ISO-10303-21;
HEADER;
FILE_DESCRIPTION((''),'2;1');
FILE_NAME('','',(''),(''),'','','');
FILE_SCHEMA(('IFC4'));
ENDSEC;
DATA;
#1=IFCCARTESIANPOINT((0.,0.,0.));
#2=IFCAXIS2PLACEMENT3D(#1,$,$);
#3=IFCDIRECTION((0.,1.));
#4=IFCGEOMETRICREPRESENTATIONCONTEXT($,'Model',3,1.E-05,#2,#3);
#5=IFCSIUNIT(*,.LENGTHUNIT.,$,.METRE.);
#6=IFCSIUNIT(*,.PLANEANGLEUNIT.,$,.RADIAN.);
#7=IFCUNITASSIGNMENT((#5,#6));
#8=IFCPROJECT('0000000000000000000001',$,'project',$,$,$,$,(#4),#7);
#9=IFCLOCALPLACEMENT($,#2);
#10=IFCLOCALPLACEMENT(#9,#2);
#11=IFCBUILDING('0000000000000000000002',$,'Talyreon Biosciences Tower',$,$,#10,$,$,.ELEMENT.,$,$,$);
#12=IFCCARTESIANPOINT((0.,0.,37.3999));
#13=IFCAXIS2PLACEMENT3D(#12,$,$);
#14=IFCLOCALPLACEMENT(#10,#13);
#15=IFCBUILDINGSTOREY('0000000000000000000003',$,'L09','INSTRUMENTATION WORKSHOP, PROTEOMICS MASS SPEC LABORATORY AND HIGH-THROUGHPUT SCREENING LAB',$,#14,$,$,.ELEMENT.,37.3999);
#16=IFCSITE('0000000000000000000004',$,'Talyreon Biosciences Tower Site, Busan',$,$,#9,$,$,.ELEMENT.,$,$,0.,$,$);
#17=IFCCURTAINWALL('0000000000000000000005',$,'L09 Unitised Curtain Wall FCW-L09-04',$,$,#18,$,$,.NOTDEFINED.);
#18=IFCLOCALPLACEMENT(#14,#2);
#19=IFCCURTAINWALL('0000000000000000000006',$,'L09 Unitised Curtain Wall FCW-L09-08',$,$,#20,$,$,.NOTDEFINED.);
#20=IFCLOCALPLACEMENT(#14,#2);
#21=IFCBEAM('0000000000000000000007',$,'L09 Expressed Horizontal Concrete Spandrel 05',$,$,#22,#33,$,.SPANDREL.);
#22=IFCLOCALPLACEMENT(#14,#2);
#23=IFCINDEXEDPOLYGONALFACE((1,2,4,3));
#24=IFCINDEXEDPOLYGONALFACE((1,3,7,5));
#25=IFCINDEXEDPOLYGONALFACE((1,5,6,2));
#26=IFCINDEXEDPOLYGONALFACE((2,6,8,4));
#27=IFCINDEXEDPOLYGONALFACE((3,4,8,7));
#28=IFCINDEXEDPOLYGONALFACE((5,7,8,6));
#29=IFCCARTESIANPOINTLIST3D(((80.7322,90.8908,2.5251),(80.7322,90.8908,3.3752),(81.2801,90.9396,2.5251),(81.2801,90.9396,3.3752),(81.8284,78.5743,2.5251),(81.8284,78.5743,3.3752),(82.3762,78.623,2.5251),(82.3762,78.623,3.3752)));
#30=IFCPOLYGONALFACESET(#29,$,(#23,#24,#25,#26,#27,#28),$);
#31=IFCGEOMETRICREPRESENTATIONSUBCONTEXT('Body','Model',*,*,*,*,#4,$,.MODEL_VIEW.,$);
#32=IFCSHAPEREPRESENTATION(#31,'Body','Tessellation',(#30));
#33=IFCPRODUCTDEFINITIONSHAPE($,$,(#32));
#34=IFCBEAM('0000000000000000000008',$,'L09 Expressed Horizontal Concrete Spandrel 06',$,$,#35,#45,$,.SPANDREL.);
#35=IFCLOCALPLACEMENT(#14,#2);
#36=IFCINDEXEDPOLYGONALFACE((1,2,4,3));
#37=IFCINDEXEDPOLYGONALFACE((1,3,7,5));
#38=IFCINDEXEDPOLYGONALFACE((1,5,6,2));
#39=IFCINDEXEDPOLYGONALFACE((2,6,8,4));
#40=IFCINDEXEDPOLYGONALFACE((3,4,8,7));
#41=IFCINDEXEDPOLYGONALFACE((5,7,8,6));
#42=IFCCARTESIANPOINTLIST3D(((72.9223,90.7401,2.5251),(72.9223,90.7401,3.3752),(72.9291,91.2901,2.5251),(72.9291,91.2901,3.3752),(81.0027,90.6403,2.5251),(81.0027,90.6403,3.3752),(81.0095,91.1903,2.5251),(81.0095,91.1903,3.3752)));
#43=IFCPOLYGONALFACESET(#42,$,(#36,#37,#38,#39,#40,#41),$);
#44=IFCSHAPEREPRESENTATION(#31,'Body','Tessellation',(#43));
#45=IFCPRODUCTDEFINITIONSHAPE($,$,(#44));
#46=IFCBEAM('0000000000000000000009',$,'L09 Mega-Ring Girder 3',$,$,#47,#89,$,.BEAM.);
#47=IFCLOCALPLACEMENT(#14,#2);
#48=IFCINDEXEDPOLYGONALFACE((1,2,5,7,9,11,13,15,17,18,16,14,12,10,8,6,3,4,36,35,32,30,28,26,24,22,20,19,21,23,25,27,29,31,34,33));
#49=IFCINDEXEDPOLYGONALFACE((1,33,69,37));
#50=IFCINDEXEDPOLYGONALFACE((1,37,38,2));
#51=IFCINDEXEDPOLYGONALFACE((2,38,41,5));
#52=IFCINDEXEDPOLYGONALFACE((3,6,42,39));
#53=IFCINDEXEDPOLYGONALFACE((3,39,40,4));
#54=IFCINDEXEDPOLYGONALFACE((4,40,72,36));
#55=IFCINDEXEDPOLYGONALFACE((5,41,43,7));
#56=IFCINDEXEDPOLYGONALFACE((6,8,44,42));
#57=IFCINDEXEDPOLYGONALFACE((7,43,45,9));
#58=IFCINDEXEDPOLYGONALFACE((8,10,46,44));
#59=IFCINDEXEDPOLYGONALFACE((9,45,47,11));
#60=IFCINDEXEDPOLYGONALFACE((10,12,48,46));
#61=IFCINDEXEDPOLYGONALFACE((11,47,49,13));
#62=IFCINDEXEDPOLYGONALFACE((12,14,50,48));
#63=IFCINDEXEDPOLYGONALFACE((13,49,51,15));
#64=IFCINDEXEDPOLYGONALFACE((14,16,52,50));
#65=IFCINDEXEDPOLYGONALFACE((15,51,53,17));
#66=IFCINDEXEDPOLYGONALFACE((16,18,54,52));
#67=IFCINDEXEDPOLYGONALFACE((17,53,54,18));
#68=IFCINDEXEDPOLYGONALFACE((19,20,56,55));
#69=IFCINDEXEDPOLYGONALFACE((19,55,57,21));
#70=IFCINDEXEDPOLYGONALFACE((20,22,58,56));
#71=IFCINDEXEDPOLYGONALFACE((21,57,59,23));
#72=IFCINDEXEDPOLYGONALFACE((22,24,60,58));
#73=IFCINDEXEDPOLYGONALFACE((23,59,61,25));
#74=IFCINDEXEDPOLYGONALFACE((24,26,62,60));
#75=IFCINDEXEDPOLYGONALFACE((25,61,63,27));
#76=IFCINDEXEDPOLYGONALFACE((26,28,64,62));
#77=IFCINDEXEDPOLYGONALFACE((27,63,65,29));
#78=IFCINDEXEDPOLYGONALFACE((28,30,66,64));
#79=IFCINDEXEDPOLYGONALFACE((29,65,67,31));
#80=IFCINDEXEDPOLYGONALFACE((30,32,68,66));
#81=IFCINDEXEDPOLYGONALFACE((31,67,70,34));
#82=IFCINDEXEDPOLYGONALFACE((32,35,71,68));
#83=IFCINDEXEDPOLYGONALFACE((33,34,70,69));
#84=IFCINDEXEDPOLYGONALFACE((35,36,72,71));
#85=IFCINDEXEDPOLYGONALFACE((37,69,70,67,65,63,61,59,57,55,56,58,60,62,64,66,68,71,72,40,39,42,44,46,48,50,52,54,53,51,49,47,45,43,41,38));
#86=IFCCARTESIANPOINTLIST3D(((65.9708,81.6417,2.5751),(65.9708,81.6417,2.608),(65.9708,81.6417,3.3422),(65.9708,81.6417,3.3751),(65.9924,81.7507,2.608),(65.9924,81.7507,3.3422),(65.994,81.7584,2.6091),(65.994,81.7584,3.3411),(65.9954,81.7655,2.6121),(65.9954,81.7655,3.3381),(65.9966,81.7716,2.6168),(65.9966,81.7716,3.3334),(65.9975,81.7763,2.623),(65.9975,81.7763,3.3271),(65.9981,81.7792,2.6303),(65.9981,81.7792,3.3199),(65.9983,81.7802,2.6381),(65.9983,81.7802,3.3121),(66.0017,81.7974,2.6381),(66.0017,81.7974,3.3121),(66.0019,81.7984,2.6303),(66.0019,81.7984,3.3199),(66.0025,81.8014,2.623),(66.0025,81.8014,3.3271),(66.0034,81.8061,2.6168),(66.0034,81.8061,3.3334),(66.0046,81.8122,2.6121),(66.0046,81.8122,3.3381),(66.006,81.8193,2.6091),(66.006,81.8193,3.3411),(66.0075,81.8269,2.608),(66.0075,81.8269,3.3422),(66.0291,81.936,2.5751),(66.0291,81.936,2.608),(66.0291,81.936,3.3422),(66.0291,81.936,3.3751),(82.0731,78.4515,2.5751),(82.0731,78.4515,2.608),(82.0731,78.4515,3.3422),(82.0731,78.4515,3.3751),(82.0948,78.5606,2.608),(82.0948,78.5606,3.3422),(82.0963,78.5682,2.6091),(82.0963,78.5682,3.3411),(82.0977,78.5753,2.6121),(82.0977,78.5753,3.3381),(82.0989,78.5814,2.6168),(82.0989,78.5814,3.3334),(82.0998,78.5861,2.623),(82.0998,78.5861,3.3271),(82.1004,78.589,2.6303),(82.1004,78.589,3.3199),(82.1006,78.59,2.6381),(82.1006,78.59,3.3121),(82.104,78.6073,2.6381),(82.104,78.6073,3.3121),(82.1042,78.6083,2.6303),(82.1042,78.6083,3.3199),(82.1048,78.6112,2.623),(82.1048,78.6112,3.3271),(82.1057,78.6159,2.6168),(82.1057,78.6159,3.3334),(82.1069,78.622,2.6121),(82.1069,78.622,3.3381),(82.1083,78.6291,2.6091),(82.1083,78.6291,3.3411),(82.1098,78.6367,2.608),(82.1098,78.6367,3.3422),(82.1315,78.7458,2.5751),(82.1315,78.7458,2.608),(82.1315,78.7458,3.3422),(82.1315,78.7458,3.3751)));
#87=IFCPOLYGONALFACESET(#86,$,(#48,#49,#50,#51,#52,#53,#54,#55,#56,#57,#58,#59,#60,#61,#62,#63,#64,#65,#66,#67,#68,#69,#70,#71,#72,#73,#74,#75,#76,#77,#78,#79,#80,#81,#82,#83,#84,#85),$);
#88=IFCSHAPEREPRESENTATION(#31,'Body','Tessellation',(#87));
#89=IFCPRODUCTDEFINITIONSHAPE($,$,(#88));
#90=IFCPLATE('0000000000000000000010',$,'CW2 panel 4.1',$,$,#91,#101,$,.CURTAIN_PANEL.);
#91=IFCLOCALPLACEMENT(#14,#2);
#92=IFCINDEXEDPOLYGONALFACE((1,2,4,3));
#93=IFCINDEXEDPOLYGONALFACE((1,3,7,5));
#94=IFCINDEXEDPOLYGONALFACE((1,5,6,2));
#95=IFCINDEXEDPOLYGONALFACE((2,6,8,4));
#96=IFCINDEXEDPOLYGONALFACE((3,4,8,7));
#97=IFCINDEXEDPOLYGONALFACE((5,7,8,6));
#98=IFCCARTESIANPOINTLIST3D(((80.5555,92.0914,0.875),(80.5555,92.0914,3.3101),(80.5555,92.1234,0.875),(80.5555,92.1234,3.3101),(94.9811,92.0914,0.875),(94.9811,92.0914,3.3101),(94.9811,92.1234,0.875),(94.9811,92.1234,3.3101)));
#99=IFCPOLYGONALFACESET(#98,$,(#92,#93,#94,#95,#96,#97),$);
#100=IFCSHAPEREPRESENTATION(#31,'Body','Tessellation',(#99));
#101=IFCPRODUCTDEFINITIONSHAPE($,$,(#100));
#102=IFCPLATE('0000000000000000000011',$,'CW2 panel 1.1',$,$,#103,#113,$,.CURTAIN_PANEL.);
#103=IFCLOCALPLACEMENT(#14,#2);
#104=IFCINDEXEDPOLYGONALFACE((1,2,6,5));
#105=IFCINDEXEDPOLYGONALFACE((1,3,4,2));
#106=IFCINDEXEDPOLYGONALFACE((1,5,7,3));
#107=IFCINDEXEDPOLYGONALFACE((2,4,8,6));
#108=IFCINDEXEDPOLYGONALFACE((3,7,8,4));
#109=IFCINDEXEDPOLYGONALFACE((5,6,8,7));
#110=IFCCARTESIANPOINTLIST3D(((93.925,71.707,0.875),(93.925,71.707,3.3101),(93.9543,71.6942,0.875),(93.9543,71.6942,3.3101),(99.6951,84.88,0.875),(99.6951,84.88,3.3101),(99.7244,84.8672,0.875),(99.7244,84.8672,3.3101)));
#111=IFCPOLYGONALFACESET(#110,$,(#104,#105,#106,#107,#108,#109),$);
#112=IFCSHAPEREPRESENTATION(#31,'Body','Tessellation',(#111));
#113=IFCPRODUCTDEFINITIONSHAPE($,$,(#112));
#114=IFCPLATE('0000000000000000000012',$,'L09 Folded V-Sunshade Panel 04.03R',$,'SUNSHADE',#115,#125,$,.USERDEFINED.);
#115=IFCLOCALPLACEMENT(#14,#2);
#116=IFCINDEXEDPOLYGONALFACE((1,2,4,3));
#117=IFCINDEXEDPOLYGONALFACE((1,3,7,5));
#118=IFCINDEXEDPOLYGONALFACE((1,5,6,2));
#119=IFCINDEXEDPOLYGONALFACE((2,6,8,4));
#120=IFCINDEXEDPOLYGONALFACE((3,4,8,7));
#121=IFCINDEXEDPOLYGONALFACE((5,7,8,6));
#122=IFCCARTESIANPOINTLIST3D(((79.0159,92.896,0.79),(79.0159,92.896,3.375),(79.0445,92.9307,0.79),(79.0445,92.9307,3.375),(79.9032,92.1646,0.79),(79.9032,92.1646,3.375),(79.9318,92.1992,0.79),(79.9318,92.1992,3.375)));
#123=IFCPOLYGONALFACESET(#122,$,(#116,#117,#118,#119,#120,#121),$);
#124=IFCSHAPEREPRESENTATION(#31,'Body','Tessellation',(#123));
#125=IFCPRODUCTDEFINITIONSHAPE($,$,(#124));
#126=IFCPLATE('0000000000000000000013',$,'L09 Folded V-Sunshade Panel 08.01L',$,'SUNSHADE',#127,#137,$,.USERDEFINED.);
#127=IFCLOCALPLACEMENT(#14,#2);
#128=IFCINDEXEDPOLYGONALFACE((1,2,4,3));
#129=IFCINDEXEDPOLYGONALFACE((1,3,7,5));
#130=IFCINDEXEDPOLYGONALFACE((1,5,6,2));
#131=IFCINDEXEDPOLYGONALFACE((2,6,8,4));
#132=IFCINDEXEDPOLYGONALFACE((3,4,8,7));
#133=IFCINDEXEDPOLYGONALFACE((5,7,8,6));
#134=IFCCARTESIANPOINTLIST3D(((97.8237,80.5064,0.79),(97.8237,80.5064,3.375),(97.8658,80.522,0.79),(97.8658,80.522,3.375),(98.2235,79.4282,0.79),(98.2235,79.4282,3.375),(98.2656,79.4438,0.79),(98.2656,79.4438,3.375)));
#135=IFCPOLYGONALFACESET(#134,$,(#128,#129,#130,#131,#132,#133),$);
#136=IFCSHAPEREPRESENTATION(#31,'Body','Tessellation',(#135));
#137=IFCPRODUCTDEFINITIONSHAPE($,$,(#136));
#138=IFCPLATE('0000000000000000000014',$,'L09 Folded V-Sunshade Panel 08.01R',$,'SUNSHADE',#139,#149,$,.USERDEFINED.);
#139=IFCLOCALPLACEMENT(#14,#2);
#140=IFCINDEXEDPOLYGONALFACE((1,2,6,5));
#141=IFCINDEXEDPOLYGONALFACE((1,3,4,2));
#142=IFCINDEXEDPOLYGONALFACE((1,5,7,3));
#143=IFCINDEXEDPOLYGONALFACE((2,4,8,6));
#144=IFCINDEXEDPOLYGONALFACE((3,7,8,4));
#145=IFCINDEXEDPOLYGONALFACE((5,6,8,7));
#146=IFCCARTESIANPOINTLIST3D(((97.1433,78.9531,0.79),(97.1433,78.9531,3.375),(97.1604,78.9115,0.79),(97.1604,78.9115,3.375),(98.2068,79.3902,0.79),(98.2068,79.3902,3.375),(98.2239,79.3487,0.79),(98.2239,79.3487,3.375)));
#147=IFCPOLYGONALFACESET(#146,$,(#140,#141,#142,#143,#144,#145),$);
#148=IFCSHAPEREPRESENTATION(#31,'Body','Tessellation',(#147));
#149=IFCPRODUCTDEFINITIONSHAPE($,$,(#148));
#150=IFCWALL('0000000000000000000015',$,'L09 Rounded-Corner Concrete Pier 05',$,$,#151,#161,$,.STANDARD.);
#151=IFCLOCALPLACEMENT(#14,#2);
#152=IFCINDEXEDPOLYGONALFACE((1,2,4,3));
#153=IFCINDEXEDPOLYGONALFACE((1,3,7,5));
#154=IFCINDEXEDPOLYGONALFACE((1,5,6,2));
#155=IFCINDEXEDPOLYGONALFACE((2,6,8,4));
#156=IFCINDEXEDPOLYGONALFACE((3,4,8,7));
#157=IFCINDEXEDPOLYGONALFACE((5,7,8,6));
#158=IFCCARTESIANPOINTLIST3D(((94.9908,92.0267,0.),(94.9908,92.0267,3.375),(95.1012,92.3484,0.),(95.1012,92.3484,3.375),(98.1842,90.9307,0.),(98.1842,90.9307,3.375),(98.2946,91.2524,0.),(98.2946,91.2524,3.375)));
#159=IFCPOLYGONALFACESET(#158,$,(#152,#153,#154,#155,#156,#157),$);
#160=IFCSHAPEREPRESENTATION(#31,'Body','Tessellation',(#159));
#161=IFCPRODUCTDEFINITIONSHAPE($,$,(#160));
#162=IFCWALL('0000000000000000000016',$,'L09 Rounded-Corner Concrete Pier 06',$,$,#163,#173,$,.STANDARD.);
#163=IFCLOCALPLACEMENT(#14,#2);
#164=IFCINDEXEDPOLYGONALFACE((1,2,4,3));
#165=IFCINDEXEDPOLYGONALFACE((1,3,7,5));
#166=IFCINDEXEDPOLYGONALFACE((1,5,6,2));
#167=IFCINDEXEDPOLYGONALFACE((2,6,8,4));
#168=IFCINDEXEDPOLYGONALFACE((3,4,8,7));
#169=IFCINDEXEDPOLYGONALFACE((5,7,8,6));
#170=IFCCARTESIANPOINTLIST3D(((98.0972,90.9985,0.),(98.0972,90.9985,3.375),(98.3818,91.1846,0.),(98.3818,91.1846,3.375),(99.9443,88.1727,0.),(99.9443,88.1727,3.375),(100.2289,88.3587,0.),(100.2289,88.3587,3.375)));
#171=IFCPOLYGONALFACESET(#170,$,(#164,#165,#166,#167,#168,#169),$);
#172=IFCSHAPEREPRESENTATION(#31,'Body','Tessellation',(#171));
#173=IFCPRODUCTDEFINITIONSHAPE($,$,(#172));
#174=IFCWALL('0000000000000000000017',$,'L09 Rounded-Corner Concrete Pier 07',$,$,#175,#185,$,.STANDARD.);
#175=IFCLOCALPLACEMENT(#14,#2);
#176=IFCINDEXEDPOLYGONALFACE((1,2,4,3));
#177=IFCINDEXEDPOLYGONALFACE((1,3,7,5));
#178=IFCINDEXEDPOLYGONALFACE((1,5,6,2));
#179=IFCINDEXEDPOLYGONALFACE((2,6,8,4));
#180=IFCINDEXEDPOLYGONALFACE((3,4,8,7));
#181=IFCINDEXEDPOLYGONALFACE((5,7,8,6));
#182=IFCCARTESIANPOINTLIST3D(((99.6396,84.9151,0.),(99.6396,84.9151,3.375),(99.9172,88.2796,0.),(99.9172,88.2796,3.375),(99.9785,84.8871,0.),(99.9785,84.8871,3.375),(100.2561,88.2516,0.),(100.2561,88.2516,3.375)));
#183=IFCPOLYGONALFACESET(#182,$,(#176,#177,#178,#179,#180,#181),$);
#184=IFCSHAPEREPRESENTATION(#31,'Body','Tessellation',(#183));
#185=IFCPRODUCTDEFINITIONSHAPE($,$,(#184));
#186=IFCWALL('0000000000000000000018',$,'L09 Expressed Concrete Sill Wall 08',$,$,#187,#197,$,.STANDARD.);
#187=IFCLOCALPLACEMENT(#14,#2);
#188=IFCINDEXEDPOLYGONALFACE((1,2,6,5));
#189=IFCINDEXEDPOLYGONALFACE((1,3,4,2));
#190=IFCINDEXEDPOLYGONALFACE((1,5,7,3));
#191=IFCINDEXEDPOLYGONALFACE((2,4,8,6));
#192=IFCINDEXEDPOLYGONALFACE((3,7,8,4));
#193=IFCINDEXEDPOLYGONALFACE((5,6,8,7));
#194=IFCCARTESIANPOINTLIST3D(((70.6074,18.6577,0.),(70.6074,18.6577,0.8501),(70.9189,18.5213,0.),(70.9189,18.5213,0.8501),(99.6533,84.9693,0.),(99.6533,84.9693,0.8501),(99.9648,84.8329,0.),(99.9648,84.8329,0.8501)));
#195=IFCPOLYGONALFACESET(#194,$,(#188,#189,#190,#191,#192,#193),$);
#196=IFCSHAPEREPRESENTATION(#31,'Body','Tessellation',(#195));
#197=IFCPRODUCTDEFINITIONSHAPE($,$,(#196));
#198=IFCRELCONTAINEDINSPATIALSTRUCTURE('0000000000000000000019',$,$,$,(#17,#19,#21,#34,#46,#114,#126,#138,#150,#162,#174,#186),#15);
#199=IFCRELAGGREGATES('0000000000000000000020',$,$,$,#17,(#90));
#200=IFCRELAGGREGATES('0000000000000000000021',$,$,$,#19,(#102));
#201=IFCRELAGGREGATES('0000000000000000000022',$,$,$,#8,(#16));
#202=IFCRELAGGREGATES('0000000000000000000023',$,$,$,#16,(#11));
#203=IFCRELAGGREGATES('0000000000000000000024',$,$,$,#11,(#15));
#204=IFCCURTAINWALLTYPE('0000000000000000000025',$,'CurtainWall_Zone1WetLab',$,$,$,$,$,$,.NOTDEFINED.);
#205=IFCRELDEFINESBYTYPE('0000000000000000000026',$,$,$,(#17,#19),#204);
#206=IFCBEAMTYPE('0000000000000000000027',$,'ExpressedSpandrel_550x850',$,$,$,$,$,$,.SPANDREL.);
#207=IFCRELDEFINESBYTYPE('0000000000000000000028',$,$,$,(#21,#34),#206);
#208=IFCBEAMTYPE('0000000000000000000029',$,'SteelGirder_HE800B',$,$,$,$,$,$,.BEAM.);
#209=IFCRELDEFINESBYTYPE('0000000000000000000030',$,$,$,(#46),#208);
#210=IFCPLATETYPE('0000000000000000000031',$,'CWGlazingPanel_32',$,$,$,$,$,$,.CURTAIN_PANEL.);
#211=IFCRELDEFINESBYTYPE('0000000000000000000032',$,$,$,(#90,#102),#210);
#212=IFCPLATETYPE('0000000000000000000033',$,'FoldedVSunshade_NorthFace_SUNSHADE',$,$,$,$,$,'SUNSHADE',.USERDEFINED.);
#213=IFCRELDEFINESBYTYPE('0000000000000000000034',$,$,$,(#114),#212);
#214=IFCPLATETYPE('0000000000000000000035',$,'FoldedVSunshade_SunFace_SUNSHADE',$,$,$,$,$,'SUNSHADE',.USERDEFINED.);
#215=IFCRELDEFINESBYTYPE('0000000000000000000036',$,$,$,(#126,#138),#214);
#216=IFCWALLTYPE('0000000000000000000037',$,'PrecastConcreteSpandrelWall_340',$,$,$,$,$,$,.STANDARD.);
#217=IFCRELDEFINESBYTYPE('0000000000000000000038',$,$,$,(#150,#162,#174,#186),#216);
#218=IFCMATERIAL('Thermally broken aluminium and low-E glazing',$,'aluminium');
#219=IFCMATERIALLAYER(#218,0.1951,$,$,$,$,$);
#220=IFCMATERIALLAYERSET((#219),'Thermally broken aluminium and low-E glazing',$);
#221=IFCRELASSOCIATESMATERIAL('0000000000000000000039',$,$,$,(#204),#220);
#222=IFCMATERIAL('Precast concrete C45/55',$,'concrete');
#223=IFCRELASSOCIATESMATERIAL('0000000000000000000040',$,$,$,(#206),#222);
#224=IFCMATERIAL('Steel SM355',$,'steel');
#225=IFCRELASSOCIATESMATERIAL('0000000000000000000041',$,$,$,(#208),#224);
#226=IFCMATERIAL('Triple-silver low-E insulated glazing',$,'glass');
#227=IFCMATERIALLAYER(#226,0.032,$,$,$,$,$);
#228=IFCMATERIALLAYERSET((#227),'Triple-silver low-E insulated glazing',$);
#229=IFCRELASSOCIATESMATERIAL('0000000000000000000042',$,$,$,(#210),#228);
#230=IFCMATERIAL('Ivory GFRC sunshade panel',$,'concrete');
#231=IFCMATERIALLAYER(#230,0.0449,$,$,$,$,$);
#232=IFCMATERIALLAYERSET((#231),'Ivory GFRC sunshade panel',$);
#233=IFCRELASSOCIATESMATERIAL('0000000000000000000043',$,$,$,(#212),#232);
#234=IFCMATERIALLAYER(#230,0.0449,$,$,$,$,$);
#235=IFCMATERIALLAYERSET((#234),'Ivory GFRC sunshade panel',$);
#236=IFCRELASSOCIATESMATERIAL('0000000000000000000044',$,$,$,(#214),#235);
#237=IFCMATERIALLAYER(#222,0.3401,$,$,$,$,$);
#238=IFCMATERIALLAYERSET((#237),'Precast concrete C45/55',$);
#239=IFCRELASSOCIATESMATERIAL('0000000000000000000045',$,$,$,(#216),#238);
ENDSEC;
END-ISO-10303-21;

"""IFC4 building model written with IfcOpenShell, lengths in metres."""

from ifc_helpers import new_model, si_unit, direction, frame, frame_2d, origin, origin_2d, place, context, subcontext, project, spatial, rectangle, i_section, extrude, material, layer, layer_set, material_profile, profile_set, type_object, element, aggregate, save


model = new_model("IFC4")

# Units and contexts
model_context = context("Model", 3, precision=1e-05, world=origin(), true_north=direction((0.0, 1.0)))
body_context = subcontext(model_context, "Body", "Model", "MODEL_VIEW")
ifc_project = project(units=[si_unit("LENGTHUNIT", "METRE"), si_unit("PLANEANGLEUNIT", "RADIAN")], contexts=[model_context])

# Site, building, storey
site_placement = place(None, origin())
site = spatial("IfcSite", under=ifc_project, at=site_placement, Name="Talyreon Biosciences Tower Site, Busan", CompositionType="ELEMENT", RefElevation=0.0)
building_placement = place(site_placement, origin())
building = spatial("IfcBuilding", under=site, at=building_placement, Name="Talyreon Biosciences Tower", CompositionType="ELEMENT")
storey_placement = place(building_placement, frame((0.0, 0.0, 37.3999)))
storey = spatial("IfcBuildingStorey", under=building, at=storey_placement, Name="L09", Description="INSTRUMENTATION WORKSHOP, PROTEOMICS MASS SPEC LABORATORY AND HIGH-THROUGHPUT SCREENING LAB", CompositionType="ELEMENT", Elevation=37.3999)

# Curtain walls
ifc_material_1 = material(Name="Thermally broken aluminium and low-E glazing", Category="aluminium")
ifc_layer_1 = layer(ifc_material_1, 0.1951)
ifc_layer_set_1 = layer_set([ifc_layer_1], Name="Thermally broken aluminium and low-E glazing")
curtain_wall_type = type_object("IfcCurtainWallType", Name="CurtainWall_Zone1WetLab", PredefinedType="NOTDEFINED", material=ifc_layer_set_1)
curtain_wall_1_placement = place(storey_placement, origin())
curtain_wall_1 = element("IfcCurtainWall", 1, at=curtain_wall_1_placement, inside=storey, type_object=curtain_wall_type, Name="L09 Unitised Curtain Wall FCW-L09-04", PredefinedType="NOTDEFINED")
curtain_wall_2_placement = place(storey_placement, origin())
curtain_wall_2 = element("IfcCurtainWall", 2, at=curtain_wall_2_placement, inside=storey, type_object=curtain_wall_type, Name="L09 Unitised Curtain Wall FCW-L09-08", PredefinedType="NOTDEFINED")

# Beams
ifc_material_2 = material(Name="Precast concrete C45/55", Category="concrete")
ifc_material_profile_1 = material_profile(ifc_material_2, rectangle(XDim=0.55, YDim=0.8501, at=origin_2d()), Name="RCB 550x850")
ifc_profile_set_1 = profile_set([ifc_material_profile_1], Name="Precast concrete C45/55")
beam_type_1 = type_object("IfcBeamType", Name="ExpressedSpandrel_550x850", PredefinedType="SPANDREL", material=ifc_profile_set_1)
beam_1_placement = place(storey_placement, frame((82.1023, 78.5986, 2.9502), z_axis=(-0.08865, 0.996063, 0.0), x_axis=(-0.996063, -0.08865, 0.0)))
element("IfcBeam", 3, at=beam_1_placement, inside=storey, type_object=beam_type_1, Name="L09 Expressed Horizontal Concrete Spandrel 05", PredefinedType="SPANDREL", context=body_context, shape_type="SweptSolid", body=[
    extrude(rectangle(XDim=0.55, YDim=0.8501, at=origin_2d()), origin(), (0.0, 0.0, 1.0), 12.3652),
])
beam_2_placement = place(storey_placement, frame((81.0061, 90.9153, 2.9502), z_axis=(-0.999924, 0.012357, 0.0), x_axis=(-0.012357, -0.999924, 0.0)))
element("IfcBeam", 4, at=beam_2_placement, inside=storey, type_object=beam_type_1, Name="L09 Expressed Horizontal Concrete Spandrel 06", PredefinedType="SPANDREL", context=body_context, shape_type="SweptSolid", body=[
    extrude(rectangle(XDim=0.55, YDim=0.8501, at=origin_2d()), origin(), (0.0, 0.0, 1.0), 8.0811),
])
ifc_material_3 = material(Name="Steel SM355", Category="steel")
ifc_material_profile_2 = material_profile(ifc_material_3, i_section(OverallWidth=0.3, OverallDepth=0.8, WebThickness=0.0176, FlangeThickness=0.033, FilletRadius=0.03, at=origin_2d()), Name="HE800B")
ifc_profile_set_2 = profile_set([ifc_material_profile_2], Name="Steel SM355")
beam_type_2 = type_object("IfcBeamType", Name="SteelGirder_HE800B", PredefinedType="BEAM", material=ifc_profile_set_2)
beam_3_placement = place(storey_placement, frame((82.1023, 78.5986, 2.9751), z_axis=(-0.980934, 0.194343, 0.0), x_axis=(-0.194343, -0.980934, 0.0)))
element("IfcBeam", 5, at=beam_3_placement, inside=storey, type_object=beam_type_2, Name="L09 Mega-Ring Girder 3", PredefinedType="BEAM", context=body_context, shape_type="SweptSolid", body=[
    extrude(i_section(OverallWidth=0.3, OverallDepth=0.8, WebThickness=0.0176, FlangeThickness=0.033, FilletRadius=0.03, at=origin_2d()), origin(), (0.0, 0.0, 1.0), 16.4153),
])

# Plates
ifc_material_4 = material(Name="Triple-silver low-E insulated glazing", Category="glass")
ifc_layer_2 = layer(ifc_material_4, 0.032)
ifc_layer_set_2 = layer_set([ifc_layer_2], Name="Triple-silver low-E insulated glazing")
plate_type_1 = type_object("IfcPlateType", Name="CWGlazingPanel_32", PredefinedType="CURTAIN_PANEL", material=ifc_layer_set_2)
plate_1_placement = place(storey_placement, frame((87.7683, 92.1074, 0.875), z_axis=(0.0, 0.0, 1.0), x_axis=(1.0, 0.0, 0.0)))
plate_1 = element("IfcPlate", 6, at=plate_1_placement, type_object=plate_type_1, Name="CW2 panel 4.1", PredefinedType="CURTAIN_PANEL", context=body_context, shape_type="SweptSolid", body=[
    extrude(rectangle(XDim=14.4255, YDim=0.032, at=origin_2d()), origin(), (0.0, 0.0, 1.0), 2.4351),
])
aggregate(curtain_wall_1, [plate_1])
plate_2_placement = place(storey_placement, frame((96.8247, 78.2871, 0.875), z_axis=(0.0, 0.0, 1.0), x_axis=(-0.401223, -0.91598, 0.0)))
plate_2 = element("IfcPlate", 7, at=plate_2_placement, type_object=plate_type_1, Name="CW2 panel 1.1", PredefinedType="CURTAIN_PANEL", context=body_context, shape_type="SweptSolid", body=[
    extrude(rectangle(XDim=14.3813, YDim=0.032, at=origin_2d()), origin(), (0.0, 0.0, 1.0), 2.4351),
])
aggregate(curtain_wall_2, [plate_2])

# Plates
ifc_material_5 = material(Name="Ivory GFRC sunshade panel", Category="concrete")
ifc_layer_3 = layer(ifc_material_5, 0.0449)
ifc_layer_set_3 = layer_set([ifc_layer_3], Name="Ivory GFRC sunshade panel")
plate_type_2 = type_object("IfcPlateType", Name="FoldedVSunshade_NorthFace_SUNSHADE", ElementType="SUNSHADE", PredefinedType="USERDEFINED", material=ifc_layer_set_3)
plate_3_placement = place(storey_placement, frame((79.4739, 92.5476, 0.79), z_axis=(0.0, 0.0, 1.0), x_axis=(0.771625, -0.636078, 0.0)))
element("IfcPlate", 8, at=plate_3_placement, inside=storey, type_object=plate_type_2, Name="L09 Folded V-Sunshade Panel 04.03R", ObjectType="SUNSHADE", PredefinedType="USERDEFINED", context=body_context, shape_type="SweptSolid", body=[
    extrude(rectangle(XDim=1.1499, YDim=0.0449, at=origin_2d()), origin(), (0.0, 0.0, 1.0), 2.585),
])
ifc_layer_4 = layer(ifc_material_5, 0.0449)
ifc_layer_set_4 = layer_set([ifc_layer_4], Name="Ivory GFRC sunshade panel")
plate_type_3 = type_object("IfcPlateType", Name="FoldedVSunshade_SunFace_SUNSHADE", ElementType="SUNSHADE", PredefinedType="USERDEFINED", material=ifc_layer_set_4)
for number, where, z_axis, x_axis, name in (
    (9, (98.0447, 79.9751, 0.79), (0.0, 0.0, 1.0), (0.347672, -0.937616, 0.0), "L09 Folded V-Sunshade Panel 08.01L"),
    (10, (97.6836, 79.1509, 0.79), (0.0, 0.0, 1.0), (-0.924911, -0.380183, 0.0), "L09 Folded V-Sunshade Panel 08.01R"),
):
    element("IfcPlate", number, at=place(storey_placement, frame(where, z_axis=z_axis, x_axis=x_axis)), inside=storey, type_object=plate_type_3, Name=name, ObjectType="SUNSHADE", PredefinedType="USERDEFINED", context=body_context, shape_type="SweptSolid", body=[
        extrude(rectangle(XDim=1.1499, YDim=0.0449, at=origin_2d()), origin(), (0.0, 0.0, 1.0), 2.585),
    ])

# Walls
ifc_layer_5 = layer(ifc_material_2, 0.3401)
ifc_layer_set_5 = layer_set([ifc_layer_5], Name="Precast concrete C45/55")
wall_type = type_object("IfcWallType", Name="PrecastConcreteSpandrelWall_340", PredefinedType="STANDARD", material=ifc_layer_set_5)
wall_1_placement = place(storey_placement, frame((95.0461, 92.1875, 0.0), z_axis=(0.0, 0.0, 1.0), x_axis=(0.945848, -0.324611, 0.0)))
element("IfcWall", 11, at=wall_1_placement, inside=storey, type_object=wall_type, Name="L09 Rounded-Corner Concrete Pier 05", PredefinedType="STANDARD", context=body_context, shape_type="SweptSolid", body=[
    extrude(rectangle(XDim=3.3762, YDim=0.3401, at=frame_2d((1.688, 0.0))), origin(), (0.0, 0.0, 1.0), 3.375),
])
for number, where, z_axis, x_axis, name in (
    (12, (98.2395, 91.0916, 0.0), (0.0, 0.0, 1.0), (0.547134, -0.837045, 0.0), "L09 Rounded-Corner Concrete Pier 06"),
    (13, (100.0867, 88.2656, 0.0), (0.0, 0.0, 1.0), (-0.082226, -0.996614, 0.0), "L09 Rounded-Corner Concrete Pier 07"),
):
    element("IfcWall", number, at=place(storey_placement, frame(where, z_axis=z_axis, x_axis=x_axis)), inside=storey, type_object=wall_type, Name=name, PredefinedType="STANDARD", context=body_context, shape_type="SweptSolid", body=[
        extrude(rectangle(XDim=3.376, YDim=0.3401, at=frame_2d((1.688, 0.0))), origin(), (0.0, 0.0, 1.0), 3.375),
    ])
wall_2_placement = place(storey_placement, frame((99.8091, 84.9011, 0.0), z_axis=(0.0, 0.0, 1.0), x_axis=(-0.40122, -0.915982, 0.0)))
element("IfcWall", 14, at=wall_2_placement, inside=storey, type_object=wall_type, Name="L09 Expressed Concrete Sill Wall 08", PredefinedType="STANDARD", context=body_context, shape_type="SweptSolid", body=[
    extrude(rectangle(XDim=72.394, YDim=0.3401, at=frame_2d((36.197, 0.0))), origin(), (0.0, 0.0, 1.0), 0.8501),
])

save(model, "model.ifc")
